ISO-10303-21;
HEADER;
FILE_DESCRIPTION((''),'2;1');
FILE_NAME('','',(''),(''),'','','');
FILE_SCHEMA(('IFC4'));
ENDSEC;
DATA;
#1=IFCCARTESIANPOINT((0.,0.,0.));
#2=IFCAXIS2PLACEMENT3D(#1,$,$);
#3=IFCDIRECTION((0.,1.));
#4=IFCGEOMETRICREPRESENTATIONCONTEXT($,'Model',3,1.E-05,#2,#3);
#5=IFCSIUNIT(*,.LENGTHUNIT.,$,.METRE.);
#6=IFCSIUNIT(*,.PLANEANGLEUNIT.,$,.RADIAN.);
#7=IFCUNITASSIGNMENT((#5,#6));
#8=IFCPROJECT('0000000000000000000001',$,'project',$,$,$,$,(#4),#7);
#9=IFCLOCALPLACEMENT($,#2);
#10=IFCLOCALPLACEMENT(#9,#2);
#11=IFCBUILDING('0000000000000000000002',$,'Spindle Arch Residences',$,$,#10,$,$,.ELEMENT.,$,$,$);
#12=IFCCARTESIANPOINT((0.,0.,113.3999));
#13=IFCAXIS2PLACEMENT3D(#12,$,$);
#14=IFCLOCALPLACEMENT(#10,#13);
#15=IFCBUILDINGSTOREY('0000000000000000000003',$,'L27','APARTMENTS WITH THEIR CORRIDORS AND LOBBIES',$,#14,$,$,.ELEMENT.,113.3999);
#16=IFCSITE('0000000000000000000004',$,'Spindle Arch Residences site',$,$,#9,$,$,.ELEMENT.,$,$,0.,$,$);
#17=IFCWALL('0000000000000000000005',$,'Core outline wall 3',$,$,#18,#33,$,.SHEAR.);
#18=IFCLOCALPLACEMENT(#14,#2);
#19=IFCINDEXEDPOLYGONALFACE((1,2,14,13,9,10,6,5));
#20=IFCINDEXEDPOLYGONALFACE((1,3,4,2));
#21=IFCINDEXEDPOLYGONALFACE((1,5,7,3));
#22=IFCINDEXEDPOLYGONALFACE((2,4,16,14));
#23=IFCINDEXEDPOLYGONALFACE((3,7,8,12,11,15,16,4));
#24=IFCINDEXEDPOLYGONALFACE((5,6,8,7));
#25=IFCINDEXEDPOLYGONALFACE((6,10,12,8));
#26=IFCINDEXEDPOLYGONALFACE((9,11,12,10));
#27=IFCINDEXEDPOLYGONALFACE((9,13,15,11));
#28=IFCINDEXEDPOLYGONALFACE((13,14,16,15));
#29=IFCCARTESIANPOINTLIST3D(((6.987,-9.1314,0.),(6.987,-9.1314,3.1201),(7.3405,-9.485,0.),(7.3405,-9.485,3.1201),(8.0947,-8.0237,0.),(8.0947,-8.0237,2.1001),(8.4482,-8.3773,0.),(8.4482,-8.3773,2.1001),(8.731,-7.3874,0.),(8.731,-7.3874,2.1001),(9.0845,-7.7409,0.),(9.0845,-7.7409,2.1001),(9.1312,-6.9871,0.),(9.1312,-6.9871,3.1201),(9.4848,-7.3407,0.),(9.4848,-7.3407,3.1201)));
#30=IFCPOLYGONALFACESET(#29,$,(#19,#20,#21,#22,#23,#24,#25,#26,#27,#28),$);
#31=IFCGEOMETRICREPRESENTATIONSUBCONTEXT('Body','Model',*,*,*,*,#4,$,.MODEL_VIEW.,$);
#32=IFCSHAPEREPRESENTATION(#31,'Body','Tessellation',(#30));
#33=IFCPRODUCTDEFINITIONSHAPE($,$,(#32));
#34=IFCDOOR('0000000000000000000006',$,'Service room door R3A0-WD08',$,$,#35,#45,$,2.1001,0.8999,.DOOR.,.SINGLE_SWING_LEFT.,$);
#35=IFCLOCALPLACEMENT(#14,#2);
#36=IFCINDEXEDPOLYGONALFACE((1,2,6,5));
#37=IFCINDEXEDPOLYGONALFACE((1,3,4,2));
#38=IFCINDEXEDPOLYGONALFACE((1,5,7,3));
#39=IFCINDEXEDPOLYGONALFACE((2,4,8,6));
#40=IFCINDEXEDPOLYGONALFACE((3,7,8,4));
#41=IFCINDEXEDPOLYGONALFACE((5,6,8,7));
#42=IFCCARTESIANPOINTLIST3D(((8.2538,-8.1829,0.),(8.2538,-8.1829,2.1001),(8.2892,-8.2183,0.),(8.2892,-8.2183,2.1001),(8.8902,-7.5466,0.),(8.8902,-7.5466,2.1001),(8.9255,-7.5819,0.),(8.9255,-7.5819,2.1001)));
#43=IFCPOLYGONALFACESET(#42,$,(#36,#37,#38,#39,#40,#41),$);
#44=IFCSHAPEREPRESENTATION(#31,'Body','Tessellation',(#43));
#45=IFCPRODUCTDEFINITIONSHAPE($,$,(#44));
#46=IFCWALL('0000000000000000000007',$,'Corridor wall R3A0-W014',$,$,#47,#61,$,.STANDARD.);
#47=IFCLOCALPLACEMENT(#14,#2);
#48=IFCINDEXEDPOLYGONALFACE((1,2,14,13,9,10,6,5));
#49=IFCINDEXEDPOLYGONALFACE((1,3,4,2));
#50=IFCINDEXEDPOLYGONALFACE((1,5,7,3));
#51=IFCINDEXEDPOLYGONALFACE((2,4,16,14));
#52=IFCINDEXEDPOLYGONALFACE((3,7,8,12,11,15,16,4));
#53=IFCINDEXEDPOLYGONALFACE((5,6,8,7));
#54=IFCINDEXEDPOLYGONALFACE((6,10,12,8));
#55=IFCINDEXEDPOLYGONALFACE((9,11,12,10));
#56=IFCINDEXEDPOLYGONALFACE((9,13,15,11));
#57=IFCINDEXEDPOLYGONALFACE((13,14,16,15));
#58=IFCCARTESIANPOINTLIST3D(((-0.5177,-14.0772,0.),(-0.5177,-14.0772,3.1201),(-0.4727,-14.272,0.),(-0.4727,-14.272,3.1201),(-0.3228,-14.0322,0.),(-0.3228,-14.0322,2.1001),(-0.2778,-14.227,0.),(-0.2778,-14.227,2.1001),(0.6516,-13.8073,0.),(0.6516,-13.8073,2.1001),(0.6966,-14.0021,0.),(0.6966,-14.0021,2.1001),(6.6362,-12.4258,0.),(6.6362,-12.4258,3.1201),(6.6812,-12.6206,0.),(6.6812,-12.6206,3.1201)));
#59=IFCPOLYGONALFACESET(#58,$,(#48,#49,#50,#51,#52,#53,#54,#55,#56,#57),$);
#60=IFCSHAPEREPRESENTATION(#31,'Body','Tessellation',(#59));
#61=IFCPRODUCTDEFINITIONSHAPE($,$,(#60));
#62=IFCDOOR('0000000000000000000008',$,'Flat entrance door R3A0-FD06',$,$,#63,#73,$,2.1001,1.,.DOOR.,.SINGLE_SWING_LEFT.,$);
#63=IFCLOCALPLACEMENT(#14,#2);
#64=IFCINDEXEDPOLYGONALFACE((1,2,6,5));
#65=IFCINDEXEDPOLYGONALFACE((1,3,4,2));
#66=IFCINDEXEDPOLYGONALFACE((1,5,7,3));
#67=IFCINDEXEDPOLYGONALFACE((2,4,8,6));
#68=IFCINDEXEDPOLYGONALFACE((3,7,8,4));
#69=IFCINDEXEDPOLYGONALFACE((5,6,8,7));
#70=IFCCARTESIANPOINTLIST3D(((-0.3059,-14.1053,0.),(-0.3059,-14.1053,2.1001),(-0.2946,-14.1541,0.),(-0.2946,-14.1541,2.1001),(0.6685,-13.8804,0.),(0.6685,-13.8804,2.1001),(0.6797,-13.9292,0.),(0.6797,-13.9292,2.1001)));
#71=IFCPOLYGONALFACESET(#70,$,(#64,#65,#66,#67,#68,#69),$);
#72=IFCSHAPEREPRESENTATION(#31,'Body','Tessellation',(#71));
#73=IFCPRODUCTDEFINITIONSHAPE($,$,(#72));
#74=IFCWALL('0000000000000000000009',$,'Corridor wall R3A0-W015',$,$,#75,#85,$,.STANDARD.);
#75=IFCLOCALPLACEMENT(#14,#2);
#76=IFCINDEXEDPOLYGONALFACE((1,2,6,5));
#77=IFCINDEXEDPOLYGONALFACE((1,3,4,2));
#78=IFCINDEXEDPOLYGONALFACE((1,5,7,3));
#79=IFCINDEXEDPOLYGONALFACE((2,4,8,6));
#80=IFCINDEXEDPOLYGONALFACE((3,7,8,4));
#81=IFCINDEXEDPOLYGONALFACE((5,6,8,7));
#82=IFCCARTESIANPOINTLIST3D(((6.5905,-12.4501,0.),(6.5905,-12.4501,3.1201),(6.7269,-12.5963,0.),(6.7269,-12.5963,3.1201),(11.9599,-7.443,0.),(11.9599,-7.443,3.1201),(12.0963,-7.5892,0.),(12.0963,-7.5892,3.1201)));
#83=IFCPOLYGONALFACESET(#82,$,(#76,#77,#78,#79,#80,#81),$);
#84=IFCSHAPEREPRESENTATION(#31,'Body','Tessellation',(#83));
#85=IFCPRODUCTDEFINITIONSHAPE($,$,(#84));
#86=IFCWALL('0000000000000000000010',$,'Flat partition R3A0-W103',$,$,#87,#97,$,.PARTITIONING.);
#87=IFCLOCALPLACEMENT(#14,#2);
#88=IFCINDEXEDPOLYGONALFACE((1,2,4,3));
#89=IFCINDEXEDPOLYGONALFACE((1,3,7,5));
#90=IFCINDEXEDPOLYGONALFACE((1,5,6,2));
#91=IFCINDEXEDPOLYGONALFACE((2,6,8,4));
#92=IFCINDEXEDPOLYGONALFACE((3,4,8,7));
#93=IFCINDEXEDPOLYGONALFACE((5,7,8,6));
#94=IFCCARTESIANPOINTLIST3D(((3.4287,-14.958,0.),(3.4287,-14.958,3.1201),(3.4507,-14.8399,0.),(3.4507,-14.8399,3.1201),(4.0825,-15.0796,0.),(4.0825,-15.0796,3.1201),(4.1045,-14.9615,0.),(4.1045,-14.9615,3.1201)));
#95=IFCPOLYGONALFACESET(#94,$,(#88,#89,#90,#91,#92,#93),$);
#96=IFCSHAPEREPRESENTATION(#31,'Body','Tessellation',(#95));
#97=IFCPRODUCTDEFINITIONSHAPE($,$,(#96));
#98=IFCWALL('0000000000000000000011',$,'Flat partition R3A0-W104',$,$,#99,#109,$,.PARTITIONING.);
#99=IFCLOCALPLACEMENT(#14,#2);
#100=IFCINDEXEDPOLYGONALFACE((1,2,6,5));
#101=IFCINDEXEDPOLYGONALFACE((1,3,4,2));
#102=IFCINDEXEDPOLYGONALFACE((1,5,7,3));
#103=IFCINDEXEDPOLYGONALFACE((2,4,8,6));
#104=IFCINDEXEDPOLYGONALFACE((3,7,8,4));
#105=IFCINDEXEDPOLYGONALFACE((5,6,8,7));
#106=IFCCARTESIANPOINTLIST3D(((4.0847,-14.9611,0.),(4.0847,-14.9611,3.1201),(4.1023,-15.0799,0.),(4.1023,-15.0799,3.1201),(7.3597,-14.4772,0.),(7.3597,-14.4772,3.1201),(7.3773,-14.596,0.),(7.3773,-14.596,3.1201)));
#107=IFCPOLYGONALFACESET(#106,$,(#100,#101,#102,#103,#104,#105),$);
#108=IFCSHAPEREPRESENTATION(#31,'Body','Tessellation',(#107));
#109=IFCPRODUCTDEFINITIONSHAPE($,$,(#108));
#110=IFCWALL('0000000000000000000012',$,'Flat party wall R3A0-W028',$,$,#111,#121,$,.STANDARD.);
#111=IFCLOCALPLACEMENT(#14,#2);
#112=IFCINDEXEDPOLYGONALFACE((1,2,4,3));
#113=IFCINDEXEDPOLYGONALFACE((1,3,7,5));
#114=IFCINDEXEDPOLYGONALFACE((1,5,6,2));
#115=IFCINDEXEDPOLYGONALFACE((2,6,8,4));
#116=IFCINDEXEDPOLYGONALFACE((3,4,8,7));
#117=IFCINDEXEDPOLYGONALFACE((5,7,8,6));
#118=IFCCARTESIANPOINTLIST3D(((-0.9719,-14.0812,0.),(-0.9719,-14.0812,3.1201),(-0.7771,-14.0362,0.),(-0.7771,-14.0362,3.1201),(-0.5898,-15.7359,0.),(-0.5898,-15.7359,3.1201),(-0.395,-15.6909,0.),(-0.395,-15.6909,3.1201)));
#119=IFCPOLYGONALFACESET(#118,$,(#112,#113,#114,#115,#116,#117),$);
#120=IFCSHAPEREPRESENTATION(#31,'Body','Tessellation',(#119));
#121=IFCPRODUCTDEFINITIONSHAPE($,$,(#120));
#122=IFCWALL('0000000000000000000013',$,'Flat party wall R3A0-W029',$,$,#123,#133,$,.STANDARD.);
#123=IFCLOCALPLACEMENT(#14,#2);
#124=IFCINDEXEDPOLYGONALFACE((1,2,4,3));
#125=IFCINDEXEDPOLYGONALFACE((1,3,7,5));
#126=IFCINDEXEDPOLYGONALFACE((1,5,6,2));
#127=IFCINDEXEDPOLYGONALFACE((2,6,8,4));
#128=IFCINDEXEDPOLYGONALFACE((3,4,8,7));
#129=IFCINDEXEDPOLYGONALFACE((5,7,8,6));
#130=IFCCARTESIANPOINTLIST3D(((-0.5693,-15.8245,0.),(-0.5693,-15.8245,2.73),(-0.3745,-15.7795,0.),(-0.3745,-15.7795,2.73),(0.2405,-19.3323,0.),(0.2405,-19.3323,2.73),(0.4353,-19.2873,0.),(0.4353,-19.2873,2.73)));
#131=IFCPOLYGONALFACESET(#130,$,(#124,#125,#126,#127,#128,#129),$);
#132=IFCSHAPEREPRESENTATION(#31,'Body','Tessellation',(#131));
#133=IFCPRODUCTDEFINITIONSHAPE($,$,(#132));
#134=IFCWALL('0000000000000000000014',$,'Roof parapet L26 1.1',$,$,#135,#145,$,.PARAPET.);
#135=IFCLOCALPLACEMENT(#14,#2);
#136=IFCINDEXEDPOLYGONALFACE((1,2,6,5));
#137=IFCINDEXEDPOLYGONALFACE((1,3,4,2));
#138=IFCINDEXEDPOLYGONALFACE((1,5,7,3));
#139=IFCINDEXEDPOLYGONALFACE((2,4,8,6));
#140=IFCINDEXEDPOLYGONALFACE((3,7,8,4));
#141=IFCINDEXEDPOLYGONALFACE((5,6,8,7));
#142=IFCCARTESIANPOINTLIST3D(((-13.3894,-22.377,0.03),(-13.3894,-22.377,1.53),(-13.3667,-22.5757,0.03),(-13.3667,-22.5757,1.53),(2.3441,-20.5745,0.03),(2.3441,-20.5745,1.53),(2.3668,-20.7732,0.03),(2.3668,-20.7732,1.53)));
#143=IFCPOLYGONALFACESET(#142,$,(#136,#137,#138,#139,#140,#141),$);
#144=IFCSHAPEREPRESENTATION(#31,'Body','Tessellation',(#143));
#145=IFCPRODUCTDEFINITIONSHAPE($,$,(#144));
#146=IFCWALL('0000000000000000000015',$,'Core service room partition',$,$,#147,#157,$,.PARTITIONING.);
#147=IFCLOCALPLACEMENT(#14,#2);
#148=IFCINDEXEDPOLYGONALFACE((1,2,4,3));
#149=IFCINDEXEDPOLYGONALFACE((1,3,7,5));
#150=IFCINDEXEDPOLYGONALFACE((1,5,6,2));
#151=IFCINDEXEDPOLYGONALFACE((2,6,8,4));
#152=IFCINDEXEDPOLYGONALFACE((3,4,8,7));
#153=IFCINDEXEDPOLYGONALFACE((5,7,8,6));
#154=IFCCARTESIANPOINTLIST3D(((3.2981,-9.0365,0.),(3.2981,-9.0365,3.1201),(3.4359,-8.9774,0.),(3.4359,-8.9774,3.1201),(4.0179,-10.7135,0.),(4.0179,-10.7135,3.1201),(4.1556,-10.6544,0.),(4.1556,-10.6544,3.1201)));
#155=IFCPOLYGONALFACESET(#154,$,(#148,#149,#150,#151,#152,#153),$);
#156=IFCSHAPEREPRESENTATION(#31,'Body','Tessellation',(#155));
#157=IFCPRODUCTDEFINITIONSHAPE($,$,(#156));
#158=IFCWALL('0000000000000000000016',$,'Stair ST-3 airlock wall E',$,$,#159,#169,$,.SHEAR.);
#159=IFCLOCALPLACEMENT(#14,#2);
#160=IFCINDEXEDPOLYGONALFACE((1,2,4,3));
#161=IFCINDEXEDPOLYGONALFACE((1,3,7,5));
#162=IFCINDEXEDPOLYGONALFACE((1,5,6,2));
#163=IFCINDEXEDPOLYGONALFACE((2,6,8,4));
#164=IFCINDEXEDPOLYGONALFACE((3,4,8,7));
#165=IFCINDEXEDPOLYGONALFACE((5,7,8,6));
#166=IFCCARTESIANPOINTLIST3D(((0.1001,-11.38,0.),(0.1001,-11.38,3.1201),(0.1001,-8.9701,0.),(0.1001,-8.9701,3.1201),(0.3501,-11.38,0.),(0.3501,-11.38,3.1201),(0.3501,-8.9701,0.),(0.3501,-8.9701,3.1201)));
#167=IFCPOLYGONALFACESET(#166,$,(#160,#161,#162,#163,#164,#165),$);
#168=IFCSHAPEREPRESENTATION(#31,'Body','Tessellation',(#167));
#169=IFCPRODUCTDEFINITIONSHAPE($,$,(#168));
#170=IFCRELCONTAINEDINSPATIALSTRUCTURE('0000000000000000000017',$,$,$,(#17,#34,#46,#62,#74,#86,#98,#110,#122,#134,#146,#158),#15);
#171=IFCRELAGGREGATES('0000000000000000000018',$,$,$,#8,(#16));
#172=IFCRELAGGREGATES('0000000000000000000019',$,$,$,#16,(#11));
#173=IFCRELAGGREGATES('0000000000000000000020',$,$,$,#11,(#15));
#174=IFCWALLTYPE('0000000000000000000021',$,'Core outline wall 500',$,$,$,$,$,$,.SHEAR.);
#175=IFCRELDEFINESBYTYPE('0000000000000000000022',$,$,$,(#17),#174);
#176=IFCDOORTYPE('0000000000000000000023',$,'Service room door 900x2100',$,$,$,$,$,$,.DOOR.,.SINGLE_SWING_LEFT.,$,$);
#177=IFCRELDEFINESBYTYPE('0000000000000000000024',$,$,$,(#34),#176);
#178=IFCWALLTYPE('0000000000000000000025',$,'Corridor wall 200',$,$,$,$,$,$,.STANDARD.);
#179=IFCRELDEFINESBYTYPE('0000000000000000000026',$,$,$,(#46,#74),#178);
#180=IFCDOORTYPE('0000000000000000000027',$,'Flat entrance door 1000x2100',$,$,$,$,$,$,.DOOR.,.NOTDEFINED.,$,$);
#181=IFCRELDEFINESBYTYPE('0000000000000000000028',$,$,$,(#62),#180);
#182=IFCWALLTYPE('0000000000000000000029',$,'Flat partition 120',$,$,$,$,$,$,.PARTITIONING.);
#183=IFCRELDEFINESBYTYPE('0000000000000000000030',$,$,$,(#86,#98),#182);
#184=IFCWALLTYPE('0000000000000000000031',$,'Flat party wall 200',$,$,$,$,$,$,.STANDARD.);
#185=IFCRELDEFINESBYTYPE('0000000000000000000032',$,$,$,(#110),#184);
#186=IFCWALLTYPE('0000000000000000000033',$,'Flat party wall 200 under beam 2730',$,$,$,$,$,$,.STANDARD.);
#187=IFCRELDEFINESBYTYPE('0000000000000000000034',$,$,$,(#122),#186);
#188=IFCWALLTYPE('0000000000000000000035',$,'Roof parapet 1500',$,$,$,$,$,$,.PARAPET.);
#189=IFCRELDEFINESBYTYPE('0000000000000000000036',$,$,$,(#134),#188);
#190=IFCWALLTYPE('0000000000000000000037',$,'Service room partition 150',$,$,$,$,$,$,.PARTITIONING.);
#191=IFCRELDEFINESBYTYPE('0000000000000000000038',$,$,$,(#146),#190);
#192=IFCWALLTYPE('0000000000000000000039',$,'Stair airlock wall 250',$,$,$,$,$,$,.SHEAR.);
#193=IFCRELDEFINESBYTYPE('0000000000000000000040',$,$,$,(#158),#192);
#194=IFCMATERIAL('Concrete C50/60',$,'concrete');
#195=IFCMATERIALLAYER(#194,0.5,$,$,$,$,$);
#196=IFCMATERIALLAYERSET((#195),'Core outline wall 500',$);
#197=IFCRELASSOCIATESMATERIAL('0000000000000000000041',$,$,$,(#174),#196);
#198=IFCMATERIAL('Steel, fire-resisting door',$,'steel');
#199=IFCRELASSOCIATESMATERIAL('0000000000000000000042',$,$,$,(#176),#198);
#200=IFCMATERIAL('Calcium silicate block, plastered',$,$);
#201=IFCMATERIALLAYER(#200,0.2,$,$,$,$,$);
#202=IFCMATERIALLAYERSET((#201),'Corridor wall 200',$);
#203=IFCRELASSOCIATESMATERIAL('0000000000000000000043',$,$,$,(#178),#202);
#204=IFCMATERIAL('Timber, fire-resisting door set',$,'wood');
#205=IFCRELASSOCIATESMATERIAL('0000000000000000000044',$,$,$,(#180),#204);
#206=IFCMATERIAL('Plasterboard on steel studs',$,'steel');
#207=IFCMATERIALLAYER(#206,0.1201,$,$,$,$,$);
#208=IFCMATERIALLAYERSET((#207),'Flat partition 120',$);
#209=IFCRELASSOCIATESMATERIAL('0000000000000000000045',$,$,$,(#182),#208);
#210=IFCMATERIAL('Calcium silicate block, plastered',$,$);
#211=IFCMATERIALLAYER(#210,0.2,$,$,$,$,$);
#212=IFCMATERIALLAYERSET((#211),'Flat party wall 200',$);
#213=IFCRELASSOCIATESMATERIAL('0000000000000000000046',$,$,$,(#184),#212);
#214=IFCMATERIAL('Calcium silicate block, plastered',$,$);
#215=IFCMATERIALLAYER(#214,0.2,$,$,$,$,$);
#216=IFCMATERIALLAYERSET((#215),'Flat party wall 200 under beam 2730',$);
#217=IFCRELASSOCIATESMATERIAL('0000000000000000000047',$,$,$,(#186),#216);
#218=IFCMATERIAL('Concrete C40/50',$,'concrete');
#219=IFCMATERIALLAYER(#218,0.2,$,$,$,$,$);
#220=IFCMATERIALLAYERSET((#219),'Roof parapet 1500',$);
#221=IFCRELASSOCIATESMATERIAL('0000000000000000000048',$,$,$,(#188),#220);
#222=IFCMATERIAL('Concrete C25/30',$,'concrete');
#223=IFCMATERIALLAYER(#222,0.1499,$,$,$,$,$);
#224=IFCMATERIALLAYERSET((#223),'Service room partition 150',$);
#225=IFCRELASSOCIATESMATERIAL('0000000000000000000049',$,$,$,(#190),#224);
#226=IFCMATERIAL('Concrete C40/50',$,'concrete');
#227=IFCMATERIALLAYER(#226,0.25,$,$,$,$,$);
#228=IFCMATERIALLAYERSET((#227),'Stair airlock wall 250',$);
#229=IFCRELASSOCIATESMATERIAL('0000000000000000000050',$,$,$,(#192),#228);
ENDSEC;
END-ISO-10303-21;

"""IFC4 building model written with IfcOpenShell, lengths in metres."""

from ifc_helpers import new_model, si_unit, direction, frame, frame_2d, origin, place, context, subcontext, project, spatial, rectangle, extrude, material, layer, layer_set, type_object, element, fill, save


model = new_model("IFC4")

# Units and contexts
model_context = context("Model", 3, precision=1e-05, world=origin(), true_north=direction((0.0, 1.0)))
body_context = subcontext(model_context, "Body", "Model", "MODEL_VIEW")
ifc_project = project(units=[si_unit("LENGTHUNIT", "METRE"), si_unit("PLANEANGLEUNIT", "RADIAN")], contexts=[model_context])

# Site, building, storey
site_placement = place(None, origin())
site = spatial("IfcSite", under=ifc_project, at=site_placement, Name="Spindle Arch Residences site", CompositionType="ELEMENT", RefElevation=0.0)
building_placement = place(site_placement, origin())
building = spatial("IfcBuilding", under=site, at=building_placement, Name="Spindle Arch Residences", CompositionType="ELEMENT")
storey_placement = place(building_placement, frame((0.0, 0.0, 113.3999)))
storey = spatial("IfcBuildingStorey", under=building, at=storey_placement, Name="L27", Description="APARTMENTS WITH THEIR CORRIDORS AND LOBBIES", CompositionType="ELEMENT", Elevation=113.3999)

# Walls, openings, doors
ifc_material_1 = material(Name="Concrete C50/60", Category="concrete")
ifc_layer_1 = layer(ifc_material_1, 0.5)
ifc_layer_set_1 = layer_set([ifc_layer_1], Name="Core outline wall 500")
wall_type_1 = type_object("IfcWallType", Name="Core outline wall 500", PredefinedType="SHEAR", material=ifc_layer_set_1)
ifc_material_2 = material(Name="Steel, fire-resisting door", Category="steel")
door_type_1 = type_object("IfcDoorType", Name="Service room door 900x2100", OperationType="SINGLE_SWING_LEFT", PredefinedType="DOOR", material=ifc_material_2)
wall_1_placement = place(storey_placement, frame((7.1638, -9.3081, 0.0), z_axis=(0.0, 0.0, 1.0), x_axis=(0.707107, 0.707107, 0.0)))
wall_1 = element("IfcWall", 1, at=wall_1_placement, inside=storey, type_object=wall_type_1, Name="Core outline wall 3", PredefinedType="SHEAR", context=body_context, shape_type="SweptSolid", body=[
    extrude(rectangle(XDim=3.0325, YDim=0.5, at=frame_2d((1.5161, 0.0))), origin(), (0.0, 0.0, 1.0), 3.1201),
])
opening_1_placement = place(wall_1_placement, frame((1.5664, 0.0, 0.0)))
opening_1 = element("IfcOpeningElement", 2, at=opening_1_placement, cuts=wall_1, PredefinedType="OPENING", context=body_context, shape_type="SweptSolid", body=[
    extrude(rectangle(XDim=0.8999, YDim=2.1001, at=frame_2d((0.45, 1.05))), frame((0.0, 0.26, 0.0), z_axis=(0.0, -1.0, 0.0), x_axis=(1.0, 0.0, 0.0)), (0.0, 0.0, 1.0), 0.52),
])
door_1_placement = place(opening_1_placement, origin())
door_1 = element("IfcDoor", 3, at=door_1_placement, inside=storey, type_object=door_type_1, Name="Service room door R3A0-WD08", OperationType="SINGLE_SWING_LEFT", OverallHeight=2.1001, OverallWidth=0.8999, PredefinedType="DOOR", context=body_context, shape_type="SweptSolid", body=[
    extrude(rectangle(XDim=0.8999, YDim=2.1001, at=frame_2d((0.45, 1.05))), frame((0.0, 0.0249, 0.0), z_axis=(0.0, -1.0, 0.0), x_axis=(1.0, 0.0, 0.0)), (0.0, 0.0, 1.0), 0.05),
])
fill(opening_1, door_1)
ifc_material_3 = material(Name="Calcium silicate block, plastered")
ifc_layer_2 = layer(ifc_material_3, 0.2)
ifc_layer_set_2 = layer_set([ifc_layer_2], Name="Corridor wall 200")
wall_type_2 = type_object("IfcWallType", Name="Corridor wall 200", PredefinedType="STANDARD", material=ifc_layer_set_2)
wall_2_placement = place(storey_placement, frame((-0.4951, -14.1746, 0.0), z_axis=(0.0, 0.0, 1.0), x_axis=(0.974377, 0.224923, 0.0)))
wall_2 = element("IfcWall", 4, at=wall_2_placement, inside=storey, type_object=wall_type_2, Name="Corridor wall R3A0-W014", PredefinedType="STANDARD", context=body_context, shape_type="SweptSolid", body=[
    extrude(rectangle(XDim=7.342, YDim=0.2, at=frame_2d((3.6709, 0.0))), origin(), (0.0, 0.0, 1.0), 3.1201),
])
opening_2_placement = place(wall_2_placement, frame((0.2, 0.0, 0.0)))
opening_2 = element("IfcOpeningElement", 5, at=opening_2_placement, cuts=wall_2, PredefinedType="OPENING", context=body_context, shape_type="SweptSolid", body=[
    extrude(rectangle(XDim=1.0, YDim=2.1001, at=frame_2d((0.5, 1.05))), frame((0.0, 0.1099, 0.0), z_axis=(0.0, -1.0, 0.0), x_axis=(1.0, 0.0, 0.0)), (0.0, 0.0, 1.0), 0.22),
])
ifc_material_4 = material(Name="Timber, fire-resisting door set", Category="wood")
door_type_2 = type_object("IfcDoorType", Name="Flat entrance door 1000x2100", OperationType="NOTDEFINED", PredefinedType="DOOR", material=ifc_material_4)
door_2_placement = place(opening_2_placement, origin())
door_2 = element("IfcDoor", 6, at=door_2_placement, inside=storey, type_object=door_type_2, Name="Flat entrance door R3A0-FD06", OperationType="SINGLE_SWING_LEFT", OverallHeight=2.1001, OverallWidth=1.0, PredefinedType="DOOR", context=body_context, shape_type="SweptSolid", body=[
    extrude(rectangle(XDim=1.0, YDim=2.1001, at=frame_2d((0.5, 1.05))), frame((0.0, 0.0249, 0.0), z_axis=(0.0, -1.0, 0.0), x_axis=(1.0, 0.0, 0.0)), (0.0, 0.0, 1.0), 0.05),
])
fill(opening_2, door_2)

# Walls
wall_3_placement = place(storey_placement, frame((6.6587, -12.5232, 0.0), z_axis=(0.0, 0.0, 1.0), x_axis=(0.73135, 0.682002, 0.0)))
element("IfcWall", 7, at=wall_3_placement, inside=storey, type_object=wall_type_2, Name="Corridor wall R3A0-W015", PredefinedType="STANDARD", context=body_context, shape_type="SweptSolid", body=[
    extrude(rectangle(XDim=7.3418, YDim=0.2, at=frame_2d((3.6709, 0.0))), origin(), (0.0, 0.0, 1.0), 3.1201),
])
ifc_material_5 = material(Name="Plasterboard on steel studs", Category="steel")
ifc_layer_3 = layer(ifc_material_5, 0.1201)
ifc_layer_set_3 = layer_set([ifc_layer_3], Name="Flat partition 120")
wall_type_3 = type_object("IfcWallType", Name="Flat partition 120", PredefinedType="PARTITIONING", material=ifc_layer_set_3)
wall_4_placement = place(storey_placement, frame((3.4397, -14.8989, 0.0), z_axis=(0.0, 0.0, 1.0), x_axis=(0.983145, -0.182825, 0.0)))
element("IfcWall", 8, at=wall_4_placement, inside=storey, type_object=wall_type_3, Name="Flat partition R3A0-W103", PredefinedType="PARTITIONING", context=body_context, shape_type="SweptSolid", body=[
    extrude(rectangle(XDim=0.665, YDim=0.1201, at=frame_2d((0.3325, 0.0))), origin(), (0.0, 0.0, 1.0), 3.1201),
])
wall_5_placement = place(storey_placement, frame((4.0935, -15.0205, 0.0), z_axis=(0.0, 0.0, 1.0), x_axis=(0.98926, 0.146169, 0.0)))
element("IfcWall", 9, at=wall_5_placement, inside=storey, type_object=wall_type_3, Name="Flat partition R3A0-W104", PredefinedType="PARTITIONING", context=body_context, shape_type="SweptSolid", body=[
    extrude(rectangle(XDim=3.3105, YDim=0.1201, at=frame_2d((1.6553, 0.0))), origin(), (0.0, 0.0, 1.0), 3.1201),
])
ifc_material_6 = material(Name="Calcium silicate block, plastered")
ifc_layer_4 = layer(ifc_material_6, 0.2)
ifc_layer_set_4 = layer_set([ifc_layer_4], Name="Flat party wall 200")
wall_type_4 = type_object("IfcWallType", Name="Flat party wall 200", PredefinedType="STANDARD", material=ifc_layer_set_4)
wall_6_placement = place(storey_placement, frame((-0.4924, -15.7134, 0.0), z_axis=(0.0, 0.0, 1.0), x_axis=(-0.224975, 0.974365, 0.0)))
element("IfcWall", 10, at=wall_6_placement, inside=storey, type_object=wall_type_4, Name="Flat party wall R3A0-W028", PredefinedType="STANDARD", context=body_context, shape_type="SweptSolid", body=[
    extrude(rectangle(XDim=1.6982, YDim=0.2, at=frame_2d((0.8491, 0.0))), origin(), (0.0, 0.0, 1.0), 3.1201),
])
ifc_material_7 = material(Name="Calcium silicate block, plastered")
ifc_layer_5 = layer(ifc_material_7, 0.2)
ifc_layer_set_5 = layer_set([ifc_layer_5], Name="Flat party wall 200 under beam 2730")
wall_type_5 = type_object("IfcWallType", Name="Flat party wall 200 under beam 2730", PredefinedType="STANDARD", material=ifc_layer_set_5)
wall_7_placement = place(storey_placement, frame((0.3379, -19.3098, 0.0), z_axis=(0.0, 0.0, 1.0), x_axis=(-0.224944, 0.974372, 0.0)))
element("IfcWall", 11, at=wall_7_placement, inside=storey, type_object=wall_type_5, Name="Flat party wall R3A0-W029", PredefinedType="STANDARD", context=body_context, shape_type="SweptSolid", body=[
    extrude(rectangle(XDim=3.6001, YDim=0.2, at=frame_2d((1.8, 0.0))), origin(), (0.0, 0.0, 1.0), 2.73),
])
ifc_material_8 = material(Name="Concrete C40/50", Category="concrete")
ifc_layer_6 = layer(ifc_material_8, 0.2)
ifc_layer_set_6 = layer_set([ifc_layer_6], Name="Roof parapet 1500")
wall_type_6 = type_object("IfcWallType", Name="Roof parapet 1500", PredefinedType="PARAPET", material=ifc_layer_set_6)
wall_8_placement = place(storey_placement, frame((2.3555, -20.6738, 0.03), z_axis=(0.0, 0.0, 1.0), x_axis=(-0.993501, -0.11382, 0.0)))
element("IfcWall", 12, at=wall_8_placement, inside=storey, type_object=wall_type_6, Name="Roof parapet L26 1.1", PredefinedType="PARAPET", context=body_context, shape_type="SweptSolid", body=[
    extrude(rectangle(XDim=15.8364, YDim=0.2, at=frame_2d((7.9182, 0.0))), origin(), (0.0, 0.0, 1.0), 1.5),
])
ifc_material_9 = material(Name="Concrete C25/30", Category="concrete")
ifc_layer_7 = layer(ifc_material_9, 0.1499)
ifc_layer_set_7 = layer_set([ifc_layer_7], Name="Service room partition 150")
wall_type_7 = type_object("IfcWallType", Name="Service room partition 150", PredefinedType="PARTITIONING", material=ifc_layer_set_7)
wall_9_placement = place(storey_placement, frame((3.3669, -9.0068, 0.0), z_axis=(0.0, 0.0, 1.0), x_axis=(0.394387, -0.918944, 0.0)))
element("IfcWall", 13, at=wall_9_placement, inside=storey, type_object=wall_type_7, Name="Core service room partition", PredefinedType="PARTITIONING", context=body_context, shape_type="SweptSolid", body=[
    extrude(rectangle(XDim=1.825, YDim=0.1499, at=frame_2d((0.9126, 0.0))), origin(), (0.0, 0.0, 1.0), 3.1201),
])
ifc_material_10 = material(Name="Concrete C40/50", Category="concrete")
ifc_layer_8 = layer(ifc_material_10, 0.25)
ifc_layer_set_8 = layer_set([ifc_layer_8], Name="Stair airlock wall 250")
wall_type_8 = type_object("IfcWallType", Name="Stair airlock wall 250", PredefinedType="SHEAR", material=ifc_layer_set_8)
wall_10_placement = place(storey_placement, frame((0.2251, -8.97, 0.0), z_axis=(0.0, 0.0, 1.0), x_axis=(0.0, -1.0, 0.0)))
element("IfcWall", 14, at=wall_10_placement, inside=storey, type_object=wall_type_8, Name="Stair ST-3 airlock wall E", PredefinedType="SHEAR", context=body_context, shape_type="SweptSolid", body=[
    extrude(rectangle(XDim=2.4099, YDim=0.25, at=frame_2d((1.2051, 0.0))), origin(), (0.0, 0.0, 1.0), 3.1201),
])

save(model, "model.ifc")
